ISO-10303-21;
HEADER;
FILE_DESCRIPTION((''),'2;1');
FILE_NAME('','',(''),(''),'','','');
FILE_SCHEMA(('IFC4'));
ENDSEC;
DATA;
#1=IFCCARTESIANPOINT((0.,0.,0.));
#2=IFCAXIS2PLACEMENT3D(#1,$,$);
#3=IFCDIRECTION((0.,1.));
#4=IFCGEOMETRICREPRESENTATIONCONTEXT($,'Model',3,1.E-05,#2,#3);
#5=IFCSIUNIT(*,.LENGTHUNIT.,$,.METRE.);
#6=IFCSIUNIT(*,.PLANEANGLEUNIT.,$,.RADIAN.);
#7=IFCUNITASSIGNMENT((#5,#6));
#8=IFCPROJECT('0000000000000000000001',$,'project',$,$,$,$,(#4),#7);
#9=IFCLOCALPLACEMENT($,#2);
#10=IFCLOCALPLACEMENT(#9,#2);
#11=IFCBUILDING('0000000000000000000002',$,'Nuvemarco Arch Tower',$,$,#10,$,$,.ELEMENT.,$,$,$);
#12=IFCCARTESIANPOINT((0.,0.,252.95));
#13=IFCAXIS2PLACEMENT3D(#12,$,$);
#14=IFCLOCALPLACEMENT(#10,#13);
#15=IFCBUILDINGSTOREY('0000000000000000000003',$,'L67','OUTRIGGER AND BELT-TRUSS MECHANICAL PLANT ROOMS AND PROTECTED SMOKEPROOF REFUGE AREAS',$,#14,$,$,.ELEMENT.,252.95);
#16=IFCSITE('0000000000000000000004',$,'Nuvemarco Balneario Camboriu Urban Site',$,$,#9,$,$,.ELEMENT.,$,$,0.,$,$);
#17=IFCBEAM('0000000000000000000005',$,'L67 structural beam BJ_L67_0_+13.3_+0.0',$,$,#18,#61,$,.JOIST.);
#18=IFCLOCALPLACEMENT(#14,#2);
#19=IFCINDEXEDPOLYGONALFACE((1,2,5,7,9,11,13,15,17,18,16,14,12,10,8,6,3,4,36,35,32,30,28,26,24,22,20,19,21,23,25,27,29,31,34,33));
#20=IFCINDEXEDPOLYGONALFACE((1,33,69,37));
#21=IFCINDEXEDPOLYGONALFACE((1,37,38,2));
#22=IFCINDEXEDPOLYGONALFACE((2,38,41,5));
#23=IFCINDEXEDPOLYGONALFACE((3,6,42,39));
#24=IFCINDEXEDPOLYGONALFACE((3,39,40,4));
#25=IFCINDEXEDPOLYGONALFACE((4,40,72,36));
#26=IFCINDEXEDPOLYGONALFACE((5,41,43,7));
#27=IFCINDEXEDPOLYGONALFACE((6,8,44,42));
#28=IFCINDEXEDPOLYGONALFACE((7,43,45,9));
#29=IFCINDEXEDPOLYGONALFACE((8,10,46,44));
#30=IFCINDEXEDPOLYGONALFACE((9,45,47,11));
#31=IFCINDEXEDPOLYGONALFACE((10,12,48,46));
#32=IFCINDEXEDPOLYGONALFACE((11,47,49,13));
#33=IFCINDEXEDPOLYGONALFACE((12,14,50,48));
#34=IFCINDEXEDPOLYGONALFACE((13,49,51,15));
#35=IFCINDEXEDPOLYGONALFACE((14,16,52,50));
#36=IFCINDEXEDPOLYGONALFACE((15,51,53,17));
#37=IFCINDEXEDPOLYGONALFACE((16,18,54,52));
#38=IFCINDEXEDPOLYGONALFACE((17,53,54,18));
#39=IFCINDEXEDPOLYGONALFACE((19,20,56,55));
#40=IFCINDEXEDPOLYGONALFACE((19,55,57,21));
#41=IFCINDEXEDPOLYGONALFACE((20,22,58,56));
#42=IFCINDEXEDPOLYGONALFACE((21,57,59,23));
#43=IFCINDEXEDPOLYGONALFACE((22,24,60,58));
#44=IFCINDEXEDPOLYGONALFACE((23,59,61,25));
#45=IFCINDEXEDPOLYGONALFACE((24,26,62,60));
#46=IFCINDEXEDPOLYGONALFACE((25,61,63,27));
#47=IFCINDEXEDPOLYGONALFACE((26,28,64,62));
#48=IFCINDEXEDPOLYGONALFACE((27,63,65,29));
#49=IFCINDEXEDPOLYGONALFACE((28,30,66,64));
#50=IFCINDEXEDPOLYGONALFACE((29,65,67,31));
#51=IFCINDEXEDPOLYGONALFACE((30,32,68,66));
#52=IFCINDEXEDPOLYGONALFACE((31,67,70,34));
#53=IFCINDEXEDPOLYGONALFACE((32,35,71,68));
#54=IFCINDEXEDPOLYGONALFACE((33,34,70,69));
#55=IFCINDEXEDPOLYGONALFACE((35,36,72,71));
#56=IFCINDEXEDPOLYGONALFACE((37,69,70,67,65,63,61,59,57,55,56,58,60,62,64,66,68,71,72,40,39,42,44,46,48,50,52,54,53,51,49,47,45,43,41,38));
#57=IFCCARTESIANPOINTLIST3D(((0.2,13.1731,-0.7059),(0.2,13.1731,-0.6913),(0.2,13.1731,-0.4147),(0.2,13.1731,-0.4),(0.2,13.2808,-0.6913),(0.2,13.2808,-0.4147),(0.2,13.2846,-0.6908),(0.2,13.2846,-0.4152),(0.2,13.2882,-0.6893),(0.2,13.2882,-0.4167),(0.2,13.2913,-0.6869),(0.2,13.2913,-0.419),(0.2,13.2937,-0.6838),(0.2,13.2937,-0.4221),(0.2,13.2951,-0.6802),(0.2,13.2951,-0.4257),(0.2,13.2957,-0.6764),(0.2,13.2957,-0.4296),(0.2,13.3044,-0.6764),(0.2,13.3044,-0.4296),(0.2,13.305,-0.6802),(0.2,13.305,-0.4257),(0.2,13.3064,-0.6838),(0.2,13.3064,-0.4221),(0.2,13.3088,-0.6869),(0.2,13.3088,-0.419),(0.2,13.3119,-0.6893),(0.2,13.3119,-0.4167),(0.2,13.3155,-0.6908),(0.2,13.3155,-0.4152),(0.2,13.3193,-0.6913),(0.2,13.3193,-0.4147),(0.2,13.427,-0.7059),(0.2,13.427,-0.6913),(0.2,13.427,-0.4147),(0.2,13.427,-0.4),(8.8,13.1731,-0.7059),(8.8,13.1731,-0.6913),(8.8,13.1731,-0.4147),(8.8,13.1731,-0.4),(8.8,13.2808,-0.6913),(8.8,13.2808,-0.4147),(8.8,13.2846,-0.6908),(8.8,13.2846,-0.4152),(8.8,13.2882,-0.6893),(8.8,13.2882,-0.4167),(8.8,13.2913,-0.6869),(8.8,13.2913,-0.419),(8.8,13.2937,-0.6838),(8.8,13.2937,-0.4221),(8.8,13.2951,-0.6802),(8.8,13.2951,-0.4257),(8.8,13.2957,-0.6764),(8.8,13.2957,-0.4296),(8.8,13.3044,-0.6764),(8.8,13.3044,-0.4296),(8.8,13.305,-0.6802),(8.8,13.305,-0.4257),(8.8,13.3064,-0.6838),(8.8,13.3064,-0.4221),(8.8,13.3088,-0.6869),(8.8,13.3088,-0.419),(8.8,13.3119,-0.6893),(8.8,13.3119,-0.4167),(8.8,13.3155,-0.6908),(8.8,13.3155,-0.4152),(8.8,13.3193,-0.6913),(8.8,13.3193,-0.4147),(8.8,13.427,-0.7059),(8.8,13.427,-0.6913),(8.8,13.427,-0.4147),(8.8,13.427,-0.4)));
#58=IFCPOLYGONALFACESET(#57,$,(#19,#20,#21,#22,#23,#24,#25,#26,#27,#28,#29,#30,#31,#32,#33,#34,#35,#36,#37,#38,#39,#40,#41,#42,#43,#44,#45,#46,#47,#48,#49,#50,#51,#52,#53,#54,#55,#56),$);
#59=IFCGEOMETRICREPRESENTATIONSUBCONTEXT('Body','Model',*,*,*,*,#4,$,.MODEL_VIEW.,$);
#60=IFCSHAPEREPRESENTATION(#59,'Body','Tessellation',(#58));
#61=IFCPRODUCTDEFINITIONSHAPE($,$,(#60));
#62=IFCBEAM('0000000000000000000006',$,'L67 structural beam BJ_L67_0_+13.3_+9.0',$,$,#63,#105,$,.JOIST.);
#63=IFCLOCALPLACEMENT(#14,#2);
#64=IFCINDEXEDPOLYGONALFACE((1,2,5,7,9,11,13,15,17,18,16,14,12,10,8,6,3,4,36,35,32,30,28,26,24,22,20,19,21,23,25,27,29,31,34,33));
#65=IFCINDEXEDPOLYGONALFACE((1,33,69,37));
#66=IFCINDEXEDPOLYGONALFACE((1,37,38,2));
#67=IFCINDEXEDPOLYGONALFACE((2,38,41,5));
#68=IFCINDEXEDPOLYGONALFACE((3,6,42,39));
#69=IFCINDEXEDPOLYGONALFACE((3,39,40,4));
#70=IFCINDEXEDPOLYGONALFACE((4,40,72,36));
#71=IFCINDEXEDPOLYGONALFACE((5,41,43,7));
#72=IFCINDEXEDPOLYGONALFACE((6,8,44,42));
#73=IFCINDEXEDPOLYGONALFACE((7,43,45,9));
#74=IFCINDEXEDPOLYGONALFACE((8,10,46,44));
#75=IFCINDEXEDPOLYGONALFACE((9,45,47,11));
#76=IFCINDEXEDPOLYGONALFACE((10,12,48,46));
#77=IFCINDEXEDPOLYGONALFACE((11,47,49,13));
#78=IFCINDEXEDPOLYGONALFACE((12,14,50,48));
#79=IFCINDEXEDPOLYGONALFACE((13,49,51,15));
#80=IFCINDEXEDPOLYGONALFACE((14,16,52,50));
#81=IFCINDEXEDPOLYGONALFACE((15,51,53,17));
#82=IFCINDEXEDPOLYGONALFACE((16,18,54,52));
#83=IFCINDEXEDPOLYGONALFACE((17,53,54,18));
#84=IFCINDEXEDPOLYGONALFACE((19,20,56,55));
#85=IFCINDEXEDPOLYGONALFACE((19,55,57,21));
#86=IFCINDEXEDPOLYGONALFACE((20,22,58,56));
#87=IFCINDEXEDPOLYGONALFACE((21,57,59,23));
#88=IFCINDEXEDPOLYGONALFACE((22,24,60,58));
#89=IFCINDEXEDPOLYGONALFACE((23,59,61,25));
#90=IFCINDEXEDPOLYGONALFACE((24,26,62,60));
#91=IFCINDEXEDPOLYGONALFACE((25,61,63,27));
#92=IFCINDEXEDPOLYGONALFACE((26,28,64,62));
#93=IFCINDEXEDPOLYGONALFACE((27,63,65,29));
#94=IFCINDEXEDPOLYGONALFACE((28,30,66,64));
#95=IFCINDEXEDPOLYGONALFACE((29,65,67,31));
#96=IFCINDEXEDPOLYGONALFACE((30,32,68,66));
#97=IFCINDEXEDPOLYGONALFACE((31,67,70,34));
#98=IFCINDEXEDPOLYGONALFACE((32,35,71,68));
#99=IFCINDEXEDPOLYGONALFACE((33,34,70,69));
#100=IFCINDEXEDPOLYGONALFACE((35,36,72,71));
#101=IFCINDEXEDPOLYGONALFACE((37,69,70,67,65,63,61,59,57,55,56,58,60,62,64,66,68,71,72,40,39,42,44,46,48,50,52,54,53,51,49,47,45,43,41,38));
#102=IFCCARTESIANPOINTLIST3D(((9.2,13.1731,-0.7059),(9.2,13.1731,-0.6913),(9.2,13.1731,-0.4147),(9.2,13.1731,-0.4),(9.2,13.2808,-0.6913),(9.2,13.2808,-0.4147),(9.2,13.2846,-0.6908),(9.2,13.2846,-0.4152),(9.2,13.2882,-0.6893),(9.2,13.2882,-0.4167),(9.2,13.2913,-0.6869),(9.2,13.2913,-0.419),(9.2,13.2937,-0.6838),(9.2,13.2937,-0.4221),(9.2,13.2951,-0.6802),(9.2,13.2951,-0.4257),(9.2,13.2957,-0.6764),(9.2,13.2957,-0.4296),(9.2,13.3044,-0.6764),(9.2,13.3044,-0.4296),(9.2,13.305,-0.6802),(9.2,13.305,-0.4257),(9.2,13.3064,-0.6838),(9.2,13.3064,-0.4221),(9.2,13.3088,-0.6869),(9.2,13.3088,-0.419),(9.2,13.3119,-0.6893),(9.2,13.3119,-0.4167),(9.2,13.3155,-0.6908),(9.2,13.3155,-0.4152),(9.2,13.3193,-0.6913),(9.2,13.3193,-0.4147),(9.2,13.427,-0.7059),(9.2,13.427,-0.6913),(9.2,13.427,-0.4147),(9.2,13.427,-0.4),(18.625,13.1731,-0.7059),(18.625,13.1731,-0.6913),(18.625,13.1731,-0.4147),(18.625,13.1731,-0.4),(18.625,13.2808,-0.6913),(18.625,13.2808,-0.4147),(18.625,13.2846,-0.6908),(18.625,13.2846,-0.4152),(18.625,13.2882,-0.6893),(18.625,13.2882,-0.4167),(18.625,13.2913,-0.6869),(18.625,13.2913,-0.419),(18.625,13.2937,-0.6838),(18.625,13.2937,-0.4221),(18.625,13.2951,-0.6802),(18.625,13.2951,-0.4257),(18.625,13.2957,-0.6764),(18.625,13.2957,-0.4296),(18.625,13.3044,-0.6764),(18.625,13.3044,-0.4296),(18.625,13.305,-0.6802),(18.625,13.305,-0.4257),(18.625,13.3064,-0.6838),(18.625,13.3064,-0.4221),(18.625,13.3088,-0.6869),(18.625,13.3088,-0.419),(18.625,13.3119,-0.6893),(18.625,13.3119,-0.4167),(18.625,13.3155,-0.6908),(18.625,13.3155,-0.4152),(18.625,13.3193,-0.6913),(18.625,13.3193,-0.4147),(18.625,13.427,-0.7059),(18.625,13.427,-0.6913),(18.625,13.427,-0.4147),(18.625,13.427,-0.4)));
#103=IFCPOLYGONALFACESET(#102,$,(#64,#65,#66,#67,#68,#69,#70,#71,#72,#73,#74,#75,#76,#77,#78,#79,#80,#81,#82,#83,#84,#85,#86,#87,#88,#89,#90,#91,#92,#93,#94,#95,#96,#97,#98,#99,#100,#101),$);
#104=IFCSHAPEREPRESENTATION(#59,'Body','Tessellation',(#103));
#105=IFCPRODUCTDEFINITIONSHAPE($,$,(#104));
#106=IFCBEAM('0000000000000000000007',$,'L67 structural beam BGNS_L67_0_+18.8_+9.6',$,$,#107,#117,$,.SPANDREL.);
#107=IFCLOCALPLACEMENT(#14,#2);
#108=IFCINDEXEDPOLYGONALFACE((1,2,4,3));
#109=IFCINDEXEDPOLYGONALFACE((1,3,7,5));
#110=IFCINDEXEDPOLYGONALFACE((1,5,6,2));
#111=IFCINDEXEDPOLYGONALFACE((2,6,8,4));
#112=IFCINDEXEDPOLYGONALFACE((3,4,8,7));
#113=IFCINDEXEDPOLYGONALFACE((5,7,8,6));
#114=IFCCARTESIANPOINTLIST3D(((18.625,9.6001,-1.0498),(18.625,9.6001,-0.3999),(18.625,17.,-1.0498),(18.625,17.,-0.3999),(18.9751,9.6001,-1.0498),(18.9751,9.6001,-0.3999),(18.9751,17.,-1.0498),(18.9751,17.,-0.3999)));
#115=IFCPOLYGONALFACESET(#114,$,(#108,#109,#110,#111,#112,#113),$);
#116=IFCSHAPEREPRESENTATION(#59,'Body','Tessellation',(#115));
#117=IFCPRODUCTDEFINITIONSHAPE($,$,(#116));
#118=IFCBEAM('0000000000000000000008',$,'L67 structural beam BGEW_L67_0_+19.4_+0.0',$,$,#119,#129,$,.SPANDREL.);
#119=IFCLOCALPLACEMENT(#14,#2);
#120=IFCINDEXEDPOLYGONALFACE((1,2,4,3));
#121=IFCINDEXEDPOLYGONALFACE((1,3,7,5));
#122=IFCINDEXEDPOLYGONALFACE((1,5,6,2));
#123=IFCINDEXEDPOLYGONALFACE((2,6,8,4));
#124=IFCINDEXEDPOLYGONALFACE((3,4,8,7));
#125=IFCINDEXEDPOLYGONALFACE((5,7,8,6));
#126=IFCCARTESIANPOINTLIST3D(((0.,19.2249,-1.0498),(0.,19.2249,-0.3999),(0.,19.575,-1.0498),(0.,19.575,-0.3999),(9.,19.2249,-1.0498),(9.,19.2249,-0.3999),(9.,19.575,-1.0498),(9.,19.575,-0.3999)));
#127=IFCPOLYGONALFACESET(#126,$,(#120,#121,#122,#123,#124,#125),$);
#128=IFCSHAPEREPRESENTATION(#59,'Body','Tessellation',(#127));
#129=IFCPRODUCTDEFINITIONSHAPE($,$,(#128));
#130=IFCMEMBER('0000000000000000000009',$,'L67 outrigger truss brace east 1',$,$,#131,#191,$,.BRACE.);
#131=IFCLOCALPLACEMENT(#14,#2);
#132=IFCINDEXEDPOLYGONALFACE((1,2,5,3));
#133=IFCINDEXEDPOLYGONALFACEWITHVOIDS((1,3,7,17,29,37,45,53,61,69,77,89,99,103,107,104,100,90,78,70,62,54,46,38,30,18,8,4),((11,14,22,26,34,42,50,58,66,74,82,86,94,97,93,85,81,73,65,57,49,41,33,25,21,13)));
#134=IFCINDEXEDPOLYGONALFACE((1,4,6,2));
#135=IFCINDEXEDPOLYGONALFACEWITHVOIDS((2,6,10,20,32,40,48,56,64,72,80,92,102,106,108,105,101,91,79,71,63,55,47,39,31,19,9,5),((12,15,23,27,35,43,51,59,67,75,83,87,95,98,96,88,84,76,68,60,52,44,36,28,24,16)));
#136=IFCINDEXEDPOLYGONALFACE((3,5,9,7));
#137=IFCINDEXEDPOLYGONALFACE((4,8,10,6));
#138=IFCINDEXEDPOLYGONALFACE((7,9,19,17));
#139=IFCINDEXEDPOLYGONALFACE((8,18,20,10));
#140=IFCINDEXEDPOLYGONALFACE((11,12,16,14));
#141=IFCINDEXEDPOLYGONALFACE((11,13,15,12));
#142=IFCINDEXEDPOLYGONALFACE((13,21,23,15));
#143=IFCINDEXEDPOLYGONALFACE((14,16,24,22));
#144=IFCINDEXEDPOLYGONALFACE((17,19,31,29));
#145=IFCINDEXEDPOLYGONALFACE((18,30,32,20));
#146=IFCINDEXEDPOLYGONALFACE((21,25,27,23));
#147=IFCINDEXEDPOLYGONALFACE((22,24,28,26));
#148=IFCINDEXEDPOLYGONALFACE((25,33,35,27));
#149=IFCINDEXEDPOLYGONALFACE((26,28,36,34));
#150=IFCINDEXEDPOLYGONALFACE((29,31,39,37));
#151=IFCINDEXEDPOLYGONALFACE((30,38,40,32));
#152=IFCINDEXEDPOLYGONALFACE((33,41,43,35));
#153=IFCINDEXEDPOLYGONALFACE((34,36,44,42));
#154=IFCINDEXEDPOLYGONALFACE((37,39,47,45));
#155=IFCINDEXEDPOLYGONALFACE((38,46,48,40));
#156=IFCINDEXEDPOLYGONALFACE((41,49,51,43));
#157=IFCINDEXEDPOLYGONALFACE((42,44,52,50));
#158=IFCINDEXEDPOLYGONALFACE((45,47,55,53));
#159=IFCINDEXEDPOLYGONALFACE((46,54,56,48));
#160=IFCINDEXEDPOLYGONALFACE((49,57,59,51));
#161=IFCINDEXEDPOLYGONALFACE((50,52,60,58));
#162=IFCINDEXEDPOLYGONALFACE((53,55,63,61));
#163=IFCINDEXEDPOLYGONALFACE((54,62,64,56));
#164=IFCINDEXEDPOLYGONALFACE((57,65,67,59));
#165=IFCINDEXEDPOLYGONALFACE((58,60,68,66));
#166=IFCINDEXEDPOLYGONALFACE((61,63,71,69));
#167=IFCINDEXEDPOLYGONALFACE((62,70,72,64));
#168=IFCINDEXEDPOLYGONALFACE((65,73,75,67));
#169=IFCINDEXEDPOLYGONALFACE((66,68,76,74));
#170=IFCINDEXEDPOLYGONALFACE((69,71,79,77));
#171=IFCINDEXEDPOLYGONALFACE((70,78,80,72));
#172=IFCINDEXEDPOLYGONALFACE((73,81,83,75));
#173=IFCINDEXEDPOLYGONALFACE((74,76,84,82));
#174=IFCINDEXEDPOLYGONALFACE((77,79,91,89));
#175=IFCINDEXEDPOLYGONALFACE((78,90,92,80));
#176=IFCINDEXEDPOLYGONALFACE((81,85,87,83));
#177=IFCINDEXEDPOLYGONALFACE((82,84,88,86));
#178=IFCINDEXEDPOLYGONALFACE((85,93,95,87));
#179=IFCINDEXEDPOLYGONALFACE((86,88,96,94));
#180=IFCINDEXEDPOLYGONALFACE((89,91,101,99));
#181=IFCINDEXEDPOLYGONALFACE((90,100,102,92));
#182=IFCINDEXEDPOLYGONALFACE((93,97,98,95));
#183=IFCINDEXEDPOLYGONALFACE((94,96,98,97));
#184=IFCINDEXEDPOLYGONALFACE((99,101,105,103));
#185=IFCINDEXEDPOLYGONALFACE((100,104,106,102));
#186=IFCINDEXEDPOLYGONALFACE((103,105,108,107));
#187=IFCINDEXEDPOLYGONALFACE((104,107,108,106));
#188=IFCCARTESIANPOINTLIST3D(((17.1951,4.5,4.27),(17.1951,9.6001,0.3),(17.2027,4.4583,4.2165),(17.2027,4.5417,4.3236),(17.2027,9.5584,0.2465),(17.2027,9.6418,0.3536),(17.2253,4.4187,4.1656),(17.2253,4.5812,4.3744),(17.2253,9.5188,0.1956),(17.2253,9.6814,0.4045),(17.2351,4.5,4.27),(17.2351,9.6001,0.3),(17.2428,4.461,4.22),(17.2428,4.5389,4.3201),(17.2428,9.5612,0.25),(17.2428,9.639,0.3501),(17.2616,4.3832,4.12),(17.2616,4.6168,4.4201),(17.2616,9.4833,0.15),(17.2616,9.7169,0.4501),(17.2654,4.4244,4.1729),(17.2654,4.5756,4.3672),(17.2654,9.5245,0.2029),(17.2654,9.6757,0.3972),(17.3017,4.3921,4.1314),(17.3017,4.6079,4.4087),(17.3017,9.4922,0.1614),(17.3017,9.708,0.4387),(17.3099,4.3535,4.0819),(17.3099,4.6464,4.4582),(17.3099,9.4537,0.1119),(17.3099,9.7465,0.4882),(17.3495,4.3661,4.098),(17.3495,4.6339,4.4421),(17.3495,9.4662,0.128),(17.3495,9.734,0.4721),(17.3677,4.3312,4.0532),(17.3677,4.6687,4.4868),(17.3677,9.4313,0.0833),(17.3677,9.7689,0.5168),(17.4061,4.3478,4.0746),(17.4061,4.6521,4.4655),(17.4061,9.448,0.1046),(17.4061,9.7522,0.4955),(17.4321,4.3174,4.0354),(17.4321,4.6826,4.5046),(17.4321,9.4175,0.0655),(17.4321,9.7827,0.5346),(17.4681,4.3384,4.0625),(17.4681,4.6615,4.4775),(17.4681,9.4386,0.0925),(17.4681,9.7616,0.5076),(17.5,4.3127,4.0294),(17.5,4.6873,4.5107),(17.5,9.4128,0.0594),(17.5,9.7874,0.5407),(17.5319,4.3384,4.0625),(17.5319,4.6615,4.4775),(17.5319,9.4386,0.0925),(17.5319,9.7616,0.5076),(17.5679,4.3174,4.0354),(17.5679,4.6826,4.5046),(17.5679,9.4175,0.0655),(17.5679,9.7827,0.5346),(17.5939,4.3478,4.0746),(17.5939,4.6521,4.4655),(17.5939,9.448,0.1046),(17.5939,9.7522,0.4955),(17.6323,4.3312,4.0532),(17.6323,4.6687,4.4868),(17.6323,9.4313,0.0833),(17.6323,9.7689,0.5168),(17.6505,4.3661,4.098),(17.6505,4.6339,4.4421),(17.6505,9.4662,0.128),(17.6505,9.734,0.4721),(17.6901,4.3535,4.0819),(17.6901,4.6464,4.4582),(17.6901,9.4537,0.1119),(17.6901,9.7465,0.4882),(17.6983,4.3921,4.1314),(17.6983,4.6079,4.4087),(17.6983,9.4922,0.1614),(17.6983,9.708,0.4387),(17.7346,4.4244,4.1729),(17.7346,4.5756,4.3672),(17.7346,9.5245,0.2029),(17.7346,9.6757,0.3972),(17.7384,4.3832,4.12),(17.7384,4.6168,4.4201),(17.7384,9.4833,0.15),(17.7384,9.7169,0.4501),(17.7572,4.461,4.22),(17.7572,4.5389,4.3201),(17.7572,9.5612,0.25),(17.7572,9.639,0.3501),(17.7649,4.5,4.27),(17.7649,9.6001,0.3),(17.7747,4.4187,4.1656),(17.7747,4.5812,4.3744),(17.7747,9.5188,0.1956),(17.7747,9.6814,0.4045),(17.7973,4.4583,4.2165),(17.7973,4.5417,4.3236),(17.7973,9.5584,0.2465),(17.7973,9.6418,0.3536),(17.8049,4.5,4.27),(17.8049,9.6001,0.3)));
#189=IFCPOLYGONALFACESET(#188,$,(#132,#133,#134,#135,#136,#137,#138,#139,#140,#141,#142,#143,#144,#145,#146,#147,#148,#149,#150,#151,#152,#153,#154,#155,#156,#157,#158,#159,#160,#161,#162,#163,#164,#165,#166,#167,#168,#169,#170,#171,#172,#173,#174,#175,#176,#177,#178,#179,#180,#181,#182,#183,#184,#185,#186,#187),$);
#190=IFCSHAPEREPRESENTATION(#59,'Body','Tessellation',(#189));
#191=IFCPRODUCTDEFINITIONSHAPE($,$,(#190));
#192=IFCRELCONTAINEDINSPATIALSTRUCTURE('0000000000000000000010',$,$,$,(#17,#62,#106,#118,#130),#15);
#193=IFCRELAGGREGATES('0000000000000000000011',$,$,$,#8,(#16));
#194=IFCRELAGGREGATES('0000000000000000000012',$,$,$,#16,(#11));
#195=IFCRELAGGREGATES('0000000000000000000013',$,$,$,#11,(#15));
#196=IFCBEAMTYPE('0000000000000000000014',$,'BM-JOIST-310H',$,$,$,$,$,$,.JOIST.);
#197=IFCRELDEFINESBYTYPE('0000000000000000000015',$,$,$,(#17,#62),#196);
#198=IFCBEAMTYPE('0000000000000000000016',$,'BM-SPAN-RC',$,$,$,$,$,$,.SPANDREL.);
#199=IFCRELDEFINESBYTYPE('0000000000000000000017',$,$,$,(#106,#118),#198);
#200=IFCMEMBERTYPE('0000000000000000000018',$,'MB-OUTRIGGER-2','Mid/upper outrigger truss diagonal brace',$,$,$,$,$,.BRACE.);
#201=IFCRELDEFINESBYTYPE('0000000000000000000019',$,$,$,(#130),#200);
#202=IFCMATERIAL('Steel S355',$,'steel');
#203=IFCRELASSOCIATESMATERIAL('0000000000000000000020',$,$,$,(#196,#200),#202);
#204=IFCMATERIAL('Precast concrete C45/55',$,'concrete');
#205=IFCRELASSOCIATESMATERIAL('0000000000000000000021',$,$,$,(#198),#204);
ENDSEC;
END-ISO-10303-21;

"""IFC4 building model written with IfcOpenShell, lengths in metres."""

from ifc_helpers import new_model, si_unit, direction, frame, origin, origin_2d, place, context, subcontext, project, spatial, rectangle, hollow_circle, i_section, extrude, material, material_profile, profile_set, type_object, element, save


model = new_model("IFC4")

# Units and contexts
model_context = context("Model", 3, precision=1e-05, world=origin(), true_north=direction((0.0, 1.0)))
body_context = subcontext(model_context, "Body", "Model", "MODEL_VIEW")
ifc_project = project(units=[si_unit("LENGTHUNIT", "METRE"), si_unit("PLANEANGLEUNIT", "RADIAN")], contexts=[model_context])

# Site, building, storey
site_placement = place(None, origin())
site = spatial("IfcSite", under=ifc_project, at=site_placement, Name="Nuvemarco Balneario Camboriu Urban Site", CompositionType="ELEMENT", RefElevation=0.0)
building_placement = place(site_placement, origin())
building = spatial("IfcBuilding", under=site, at=building_placement, Name="Nuvemarco Arch Tower", CompositionType="ELEMENT")
storey_placement = place(building_placement, frame((0.0, 0.0, 252.95)))
storey = spatial("IfcBuildingStorey", under=building, at=storey_placement, Name="L67", Description="OUTRIGGER AND BELT-TRUSS MECHANICAL PLANT ROOMS AND PROTECTED SMOKEPROOF REFUGE AREAS", CompositionType="ELEMENT", Elevation=252.95)

# Shared definitions
ifc_material_1 = material(Name="Steel S355", Category="steel")

# Beams
ifc_material_profile_1 = material_profile(ifc_material_1, i_section(OverallWidth=0.2539, OverallDepth=0.3059, WebThickness=0.0088, FlangeThickness=0.0146, FilletRadius=0.0149, at=origin_2d()), Name="W310x79")
ifc_profile_set_1 = profile_set([ifc_material_profile_1], Name="Steel S355")
beam_type_1 = type_object("IfcBeamType", Name="BM-JOIST-310H", PredefinedType="JOIST", material=ifc_profile_set_1)
beam_1_placement = place(storey_placement, frame((0.2, 13.3, -0.553), z_axis=(1.0, 0.0, 0.0), x_axis=(0.0, 1.0, 0.0)))
element("IfcBeam", 1, at=beam_1_placement, inside=storey, type_object=beam_type_1, Name="L67 structural beam BJ_L67_0_+13.3_+0.0", PredefinedType="JOIST", context=body_context, shape_type="SweptSolid", body=[
    extrude(i_section(OverallWidth=0.2539, OverallDepth=0.3059, WebThickness=0.0088, FlangeThickness=0.0146, FilletRadius=0.0149, at=origin_2d()), origin(), (0.0, 0.0, 1.0), 8.6001),
])
beam_2_placement = place(storey_placement, frame((9.2, 13.3, -0.553), z_axis=(1.0, 0.0, 0.0), x_axis=(0.0, 1.0, 0.0)))
element("IfcBeam", 2, at=beam_2_placement, inside=storey, type_object=beam_type_1, Name="L67 structural beam BJ_L67_0_+13.3_+9.0", PredefinedType="JOIST", context=body_context, shape_type="SweptSolid", body=[
    extrude(i_section(OverallWidth=0.2539, OverallDepth=0.3059, WebThickness=0.0088, FlangeThickness=0.0146, FilletRadius=0.0149, at=origin_2d()), origin(), (0.0, 0.0, 1.0), 9.425),
])
ifc_material_2 = material(Name="Precast concrete C45/55", Category="concrete")
ifc_material_profile_2 = material_profile(ifc_material_2, rectangle(XDim=0.3501, YDim=0.6499, at=origin_2d()), Name="PC-SP-350x650")
ifc_profile_set_2 = profile_set([ifc_material_profile_2], Name="Precast concrete C45/55")
beam_type_2 = type_object("IfcBeamType", Name="BM-SPAN-RC", PredefinedType="SPANDREL", material=ifc_profile_set_2)
beam_3_placement = place(storey_placement, frame((18.8, 9.6001, -0.7249), z_axis=(0.0, 1.0, 0.0), x_axis=(-1.0, 0.0, 0.0)))
element("IfcBeam", 3, at=beam_3_placement, inside=storey, type_object=beam_type_2, Name="L67 structural beam BGNS_L67_0_+18.8_+9.6", PredefinedType="SPANDREL", context=body_context, shape_type="SweptSolid", body=[
    extrude(rectangle(XDim=0.3501, YDim=0.6499, at=origin_2d()), origin(), (0.0, 0.0, 1.0), 7.3999),
])
beam_4_placement = place(storey_placement, frame((0.0, 19.3999, -0.7249), z_axis=(1.0, 0.0, 0.0), x_axis=(0.0, 1.0, 0.0)))
element("IfcBeam", 4, at=beam_4_placement, inside=storey, type_object=beam_type_2, Name="L67 structural beam BGEW_L67_0_+19.4_+0.0", PredefinedType="SPANDREL", context=body_context, shape_type="SweptSolid", body=[
    extrude(rectangle(XDim=0.3501, YDim=0.6499, at=origin_2d()), origin(), (0.0, 0.0, 1.0), 9.0),
])

# Member
ifc_material_profile_3 = material_profile(ifc_material_1, hollow_circle(Radius=0.3049, WallThickness=0.04, at=origin_2d()), Name="CHS610x40")
ifc_profile_set_3 = profile_set([ifc_material_profile_3], Name="Steel S355")
member_type = type_object("IfcMemberType", Name="MB-OUTRIGGER-2", Description="Mid/upper outrigger truss diagonal brace", PredefinedType="BRACE", material=ifc_profile_set_3)
member_placement = place(storey_placement, frame((17.5, 9.6001, 0.3), z_axis=(0.0, -0.78911, 0.614252), x_axis=(1.0, 0.0, 0.0)))
element("IfcMember", 5, at=member_placement, inside=storey, type_object=member_type, Name="L67 outrigger truss brace east 1", PredefinedType="BRACE", context=body_context, shape_type="SweptSolid", body=[
    extrude(hollow_circle(Radius=0.3049, WallThickness=0.04, at=origin_2d()), origin(), (0.0, 0.0, 1.0), 6.4631),
])

save(model, "model.ifc")
